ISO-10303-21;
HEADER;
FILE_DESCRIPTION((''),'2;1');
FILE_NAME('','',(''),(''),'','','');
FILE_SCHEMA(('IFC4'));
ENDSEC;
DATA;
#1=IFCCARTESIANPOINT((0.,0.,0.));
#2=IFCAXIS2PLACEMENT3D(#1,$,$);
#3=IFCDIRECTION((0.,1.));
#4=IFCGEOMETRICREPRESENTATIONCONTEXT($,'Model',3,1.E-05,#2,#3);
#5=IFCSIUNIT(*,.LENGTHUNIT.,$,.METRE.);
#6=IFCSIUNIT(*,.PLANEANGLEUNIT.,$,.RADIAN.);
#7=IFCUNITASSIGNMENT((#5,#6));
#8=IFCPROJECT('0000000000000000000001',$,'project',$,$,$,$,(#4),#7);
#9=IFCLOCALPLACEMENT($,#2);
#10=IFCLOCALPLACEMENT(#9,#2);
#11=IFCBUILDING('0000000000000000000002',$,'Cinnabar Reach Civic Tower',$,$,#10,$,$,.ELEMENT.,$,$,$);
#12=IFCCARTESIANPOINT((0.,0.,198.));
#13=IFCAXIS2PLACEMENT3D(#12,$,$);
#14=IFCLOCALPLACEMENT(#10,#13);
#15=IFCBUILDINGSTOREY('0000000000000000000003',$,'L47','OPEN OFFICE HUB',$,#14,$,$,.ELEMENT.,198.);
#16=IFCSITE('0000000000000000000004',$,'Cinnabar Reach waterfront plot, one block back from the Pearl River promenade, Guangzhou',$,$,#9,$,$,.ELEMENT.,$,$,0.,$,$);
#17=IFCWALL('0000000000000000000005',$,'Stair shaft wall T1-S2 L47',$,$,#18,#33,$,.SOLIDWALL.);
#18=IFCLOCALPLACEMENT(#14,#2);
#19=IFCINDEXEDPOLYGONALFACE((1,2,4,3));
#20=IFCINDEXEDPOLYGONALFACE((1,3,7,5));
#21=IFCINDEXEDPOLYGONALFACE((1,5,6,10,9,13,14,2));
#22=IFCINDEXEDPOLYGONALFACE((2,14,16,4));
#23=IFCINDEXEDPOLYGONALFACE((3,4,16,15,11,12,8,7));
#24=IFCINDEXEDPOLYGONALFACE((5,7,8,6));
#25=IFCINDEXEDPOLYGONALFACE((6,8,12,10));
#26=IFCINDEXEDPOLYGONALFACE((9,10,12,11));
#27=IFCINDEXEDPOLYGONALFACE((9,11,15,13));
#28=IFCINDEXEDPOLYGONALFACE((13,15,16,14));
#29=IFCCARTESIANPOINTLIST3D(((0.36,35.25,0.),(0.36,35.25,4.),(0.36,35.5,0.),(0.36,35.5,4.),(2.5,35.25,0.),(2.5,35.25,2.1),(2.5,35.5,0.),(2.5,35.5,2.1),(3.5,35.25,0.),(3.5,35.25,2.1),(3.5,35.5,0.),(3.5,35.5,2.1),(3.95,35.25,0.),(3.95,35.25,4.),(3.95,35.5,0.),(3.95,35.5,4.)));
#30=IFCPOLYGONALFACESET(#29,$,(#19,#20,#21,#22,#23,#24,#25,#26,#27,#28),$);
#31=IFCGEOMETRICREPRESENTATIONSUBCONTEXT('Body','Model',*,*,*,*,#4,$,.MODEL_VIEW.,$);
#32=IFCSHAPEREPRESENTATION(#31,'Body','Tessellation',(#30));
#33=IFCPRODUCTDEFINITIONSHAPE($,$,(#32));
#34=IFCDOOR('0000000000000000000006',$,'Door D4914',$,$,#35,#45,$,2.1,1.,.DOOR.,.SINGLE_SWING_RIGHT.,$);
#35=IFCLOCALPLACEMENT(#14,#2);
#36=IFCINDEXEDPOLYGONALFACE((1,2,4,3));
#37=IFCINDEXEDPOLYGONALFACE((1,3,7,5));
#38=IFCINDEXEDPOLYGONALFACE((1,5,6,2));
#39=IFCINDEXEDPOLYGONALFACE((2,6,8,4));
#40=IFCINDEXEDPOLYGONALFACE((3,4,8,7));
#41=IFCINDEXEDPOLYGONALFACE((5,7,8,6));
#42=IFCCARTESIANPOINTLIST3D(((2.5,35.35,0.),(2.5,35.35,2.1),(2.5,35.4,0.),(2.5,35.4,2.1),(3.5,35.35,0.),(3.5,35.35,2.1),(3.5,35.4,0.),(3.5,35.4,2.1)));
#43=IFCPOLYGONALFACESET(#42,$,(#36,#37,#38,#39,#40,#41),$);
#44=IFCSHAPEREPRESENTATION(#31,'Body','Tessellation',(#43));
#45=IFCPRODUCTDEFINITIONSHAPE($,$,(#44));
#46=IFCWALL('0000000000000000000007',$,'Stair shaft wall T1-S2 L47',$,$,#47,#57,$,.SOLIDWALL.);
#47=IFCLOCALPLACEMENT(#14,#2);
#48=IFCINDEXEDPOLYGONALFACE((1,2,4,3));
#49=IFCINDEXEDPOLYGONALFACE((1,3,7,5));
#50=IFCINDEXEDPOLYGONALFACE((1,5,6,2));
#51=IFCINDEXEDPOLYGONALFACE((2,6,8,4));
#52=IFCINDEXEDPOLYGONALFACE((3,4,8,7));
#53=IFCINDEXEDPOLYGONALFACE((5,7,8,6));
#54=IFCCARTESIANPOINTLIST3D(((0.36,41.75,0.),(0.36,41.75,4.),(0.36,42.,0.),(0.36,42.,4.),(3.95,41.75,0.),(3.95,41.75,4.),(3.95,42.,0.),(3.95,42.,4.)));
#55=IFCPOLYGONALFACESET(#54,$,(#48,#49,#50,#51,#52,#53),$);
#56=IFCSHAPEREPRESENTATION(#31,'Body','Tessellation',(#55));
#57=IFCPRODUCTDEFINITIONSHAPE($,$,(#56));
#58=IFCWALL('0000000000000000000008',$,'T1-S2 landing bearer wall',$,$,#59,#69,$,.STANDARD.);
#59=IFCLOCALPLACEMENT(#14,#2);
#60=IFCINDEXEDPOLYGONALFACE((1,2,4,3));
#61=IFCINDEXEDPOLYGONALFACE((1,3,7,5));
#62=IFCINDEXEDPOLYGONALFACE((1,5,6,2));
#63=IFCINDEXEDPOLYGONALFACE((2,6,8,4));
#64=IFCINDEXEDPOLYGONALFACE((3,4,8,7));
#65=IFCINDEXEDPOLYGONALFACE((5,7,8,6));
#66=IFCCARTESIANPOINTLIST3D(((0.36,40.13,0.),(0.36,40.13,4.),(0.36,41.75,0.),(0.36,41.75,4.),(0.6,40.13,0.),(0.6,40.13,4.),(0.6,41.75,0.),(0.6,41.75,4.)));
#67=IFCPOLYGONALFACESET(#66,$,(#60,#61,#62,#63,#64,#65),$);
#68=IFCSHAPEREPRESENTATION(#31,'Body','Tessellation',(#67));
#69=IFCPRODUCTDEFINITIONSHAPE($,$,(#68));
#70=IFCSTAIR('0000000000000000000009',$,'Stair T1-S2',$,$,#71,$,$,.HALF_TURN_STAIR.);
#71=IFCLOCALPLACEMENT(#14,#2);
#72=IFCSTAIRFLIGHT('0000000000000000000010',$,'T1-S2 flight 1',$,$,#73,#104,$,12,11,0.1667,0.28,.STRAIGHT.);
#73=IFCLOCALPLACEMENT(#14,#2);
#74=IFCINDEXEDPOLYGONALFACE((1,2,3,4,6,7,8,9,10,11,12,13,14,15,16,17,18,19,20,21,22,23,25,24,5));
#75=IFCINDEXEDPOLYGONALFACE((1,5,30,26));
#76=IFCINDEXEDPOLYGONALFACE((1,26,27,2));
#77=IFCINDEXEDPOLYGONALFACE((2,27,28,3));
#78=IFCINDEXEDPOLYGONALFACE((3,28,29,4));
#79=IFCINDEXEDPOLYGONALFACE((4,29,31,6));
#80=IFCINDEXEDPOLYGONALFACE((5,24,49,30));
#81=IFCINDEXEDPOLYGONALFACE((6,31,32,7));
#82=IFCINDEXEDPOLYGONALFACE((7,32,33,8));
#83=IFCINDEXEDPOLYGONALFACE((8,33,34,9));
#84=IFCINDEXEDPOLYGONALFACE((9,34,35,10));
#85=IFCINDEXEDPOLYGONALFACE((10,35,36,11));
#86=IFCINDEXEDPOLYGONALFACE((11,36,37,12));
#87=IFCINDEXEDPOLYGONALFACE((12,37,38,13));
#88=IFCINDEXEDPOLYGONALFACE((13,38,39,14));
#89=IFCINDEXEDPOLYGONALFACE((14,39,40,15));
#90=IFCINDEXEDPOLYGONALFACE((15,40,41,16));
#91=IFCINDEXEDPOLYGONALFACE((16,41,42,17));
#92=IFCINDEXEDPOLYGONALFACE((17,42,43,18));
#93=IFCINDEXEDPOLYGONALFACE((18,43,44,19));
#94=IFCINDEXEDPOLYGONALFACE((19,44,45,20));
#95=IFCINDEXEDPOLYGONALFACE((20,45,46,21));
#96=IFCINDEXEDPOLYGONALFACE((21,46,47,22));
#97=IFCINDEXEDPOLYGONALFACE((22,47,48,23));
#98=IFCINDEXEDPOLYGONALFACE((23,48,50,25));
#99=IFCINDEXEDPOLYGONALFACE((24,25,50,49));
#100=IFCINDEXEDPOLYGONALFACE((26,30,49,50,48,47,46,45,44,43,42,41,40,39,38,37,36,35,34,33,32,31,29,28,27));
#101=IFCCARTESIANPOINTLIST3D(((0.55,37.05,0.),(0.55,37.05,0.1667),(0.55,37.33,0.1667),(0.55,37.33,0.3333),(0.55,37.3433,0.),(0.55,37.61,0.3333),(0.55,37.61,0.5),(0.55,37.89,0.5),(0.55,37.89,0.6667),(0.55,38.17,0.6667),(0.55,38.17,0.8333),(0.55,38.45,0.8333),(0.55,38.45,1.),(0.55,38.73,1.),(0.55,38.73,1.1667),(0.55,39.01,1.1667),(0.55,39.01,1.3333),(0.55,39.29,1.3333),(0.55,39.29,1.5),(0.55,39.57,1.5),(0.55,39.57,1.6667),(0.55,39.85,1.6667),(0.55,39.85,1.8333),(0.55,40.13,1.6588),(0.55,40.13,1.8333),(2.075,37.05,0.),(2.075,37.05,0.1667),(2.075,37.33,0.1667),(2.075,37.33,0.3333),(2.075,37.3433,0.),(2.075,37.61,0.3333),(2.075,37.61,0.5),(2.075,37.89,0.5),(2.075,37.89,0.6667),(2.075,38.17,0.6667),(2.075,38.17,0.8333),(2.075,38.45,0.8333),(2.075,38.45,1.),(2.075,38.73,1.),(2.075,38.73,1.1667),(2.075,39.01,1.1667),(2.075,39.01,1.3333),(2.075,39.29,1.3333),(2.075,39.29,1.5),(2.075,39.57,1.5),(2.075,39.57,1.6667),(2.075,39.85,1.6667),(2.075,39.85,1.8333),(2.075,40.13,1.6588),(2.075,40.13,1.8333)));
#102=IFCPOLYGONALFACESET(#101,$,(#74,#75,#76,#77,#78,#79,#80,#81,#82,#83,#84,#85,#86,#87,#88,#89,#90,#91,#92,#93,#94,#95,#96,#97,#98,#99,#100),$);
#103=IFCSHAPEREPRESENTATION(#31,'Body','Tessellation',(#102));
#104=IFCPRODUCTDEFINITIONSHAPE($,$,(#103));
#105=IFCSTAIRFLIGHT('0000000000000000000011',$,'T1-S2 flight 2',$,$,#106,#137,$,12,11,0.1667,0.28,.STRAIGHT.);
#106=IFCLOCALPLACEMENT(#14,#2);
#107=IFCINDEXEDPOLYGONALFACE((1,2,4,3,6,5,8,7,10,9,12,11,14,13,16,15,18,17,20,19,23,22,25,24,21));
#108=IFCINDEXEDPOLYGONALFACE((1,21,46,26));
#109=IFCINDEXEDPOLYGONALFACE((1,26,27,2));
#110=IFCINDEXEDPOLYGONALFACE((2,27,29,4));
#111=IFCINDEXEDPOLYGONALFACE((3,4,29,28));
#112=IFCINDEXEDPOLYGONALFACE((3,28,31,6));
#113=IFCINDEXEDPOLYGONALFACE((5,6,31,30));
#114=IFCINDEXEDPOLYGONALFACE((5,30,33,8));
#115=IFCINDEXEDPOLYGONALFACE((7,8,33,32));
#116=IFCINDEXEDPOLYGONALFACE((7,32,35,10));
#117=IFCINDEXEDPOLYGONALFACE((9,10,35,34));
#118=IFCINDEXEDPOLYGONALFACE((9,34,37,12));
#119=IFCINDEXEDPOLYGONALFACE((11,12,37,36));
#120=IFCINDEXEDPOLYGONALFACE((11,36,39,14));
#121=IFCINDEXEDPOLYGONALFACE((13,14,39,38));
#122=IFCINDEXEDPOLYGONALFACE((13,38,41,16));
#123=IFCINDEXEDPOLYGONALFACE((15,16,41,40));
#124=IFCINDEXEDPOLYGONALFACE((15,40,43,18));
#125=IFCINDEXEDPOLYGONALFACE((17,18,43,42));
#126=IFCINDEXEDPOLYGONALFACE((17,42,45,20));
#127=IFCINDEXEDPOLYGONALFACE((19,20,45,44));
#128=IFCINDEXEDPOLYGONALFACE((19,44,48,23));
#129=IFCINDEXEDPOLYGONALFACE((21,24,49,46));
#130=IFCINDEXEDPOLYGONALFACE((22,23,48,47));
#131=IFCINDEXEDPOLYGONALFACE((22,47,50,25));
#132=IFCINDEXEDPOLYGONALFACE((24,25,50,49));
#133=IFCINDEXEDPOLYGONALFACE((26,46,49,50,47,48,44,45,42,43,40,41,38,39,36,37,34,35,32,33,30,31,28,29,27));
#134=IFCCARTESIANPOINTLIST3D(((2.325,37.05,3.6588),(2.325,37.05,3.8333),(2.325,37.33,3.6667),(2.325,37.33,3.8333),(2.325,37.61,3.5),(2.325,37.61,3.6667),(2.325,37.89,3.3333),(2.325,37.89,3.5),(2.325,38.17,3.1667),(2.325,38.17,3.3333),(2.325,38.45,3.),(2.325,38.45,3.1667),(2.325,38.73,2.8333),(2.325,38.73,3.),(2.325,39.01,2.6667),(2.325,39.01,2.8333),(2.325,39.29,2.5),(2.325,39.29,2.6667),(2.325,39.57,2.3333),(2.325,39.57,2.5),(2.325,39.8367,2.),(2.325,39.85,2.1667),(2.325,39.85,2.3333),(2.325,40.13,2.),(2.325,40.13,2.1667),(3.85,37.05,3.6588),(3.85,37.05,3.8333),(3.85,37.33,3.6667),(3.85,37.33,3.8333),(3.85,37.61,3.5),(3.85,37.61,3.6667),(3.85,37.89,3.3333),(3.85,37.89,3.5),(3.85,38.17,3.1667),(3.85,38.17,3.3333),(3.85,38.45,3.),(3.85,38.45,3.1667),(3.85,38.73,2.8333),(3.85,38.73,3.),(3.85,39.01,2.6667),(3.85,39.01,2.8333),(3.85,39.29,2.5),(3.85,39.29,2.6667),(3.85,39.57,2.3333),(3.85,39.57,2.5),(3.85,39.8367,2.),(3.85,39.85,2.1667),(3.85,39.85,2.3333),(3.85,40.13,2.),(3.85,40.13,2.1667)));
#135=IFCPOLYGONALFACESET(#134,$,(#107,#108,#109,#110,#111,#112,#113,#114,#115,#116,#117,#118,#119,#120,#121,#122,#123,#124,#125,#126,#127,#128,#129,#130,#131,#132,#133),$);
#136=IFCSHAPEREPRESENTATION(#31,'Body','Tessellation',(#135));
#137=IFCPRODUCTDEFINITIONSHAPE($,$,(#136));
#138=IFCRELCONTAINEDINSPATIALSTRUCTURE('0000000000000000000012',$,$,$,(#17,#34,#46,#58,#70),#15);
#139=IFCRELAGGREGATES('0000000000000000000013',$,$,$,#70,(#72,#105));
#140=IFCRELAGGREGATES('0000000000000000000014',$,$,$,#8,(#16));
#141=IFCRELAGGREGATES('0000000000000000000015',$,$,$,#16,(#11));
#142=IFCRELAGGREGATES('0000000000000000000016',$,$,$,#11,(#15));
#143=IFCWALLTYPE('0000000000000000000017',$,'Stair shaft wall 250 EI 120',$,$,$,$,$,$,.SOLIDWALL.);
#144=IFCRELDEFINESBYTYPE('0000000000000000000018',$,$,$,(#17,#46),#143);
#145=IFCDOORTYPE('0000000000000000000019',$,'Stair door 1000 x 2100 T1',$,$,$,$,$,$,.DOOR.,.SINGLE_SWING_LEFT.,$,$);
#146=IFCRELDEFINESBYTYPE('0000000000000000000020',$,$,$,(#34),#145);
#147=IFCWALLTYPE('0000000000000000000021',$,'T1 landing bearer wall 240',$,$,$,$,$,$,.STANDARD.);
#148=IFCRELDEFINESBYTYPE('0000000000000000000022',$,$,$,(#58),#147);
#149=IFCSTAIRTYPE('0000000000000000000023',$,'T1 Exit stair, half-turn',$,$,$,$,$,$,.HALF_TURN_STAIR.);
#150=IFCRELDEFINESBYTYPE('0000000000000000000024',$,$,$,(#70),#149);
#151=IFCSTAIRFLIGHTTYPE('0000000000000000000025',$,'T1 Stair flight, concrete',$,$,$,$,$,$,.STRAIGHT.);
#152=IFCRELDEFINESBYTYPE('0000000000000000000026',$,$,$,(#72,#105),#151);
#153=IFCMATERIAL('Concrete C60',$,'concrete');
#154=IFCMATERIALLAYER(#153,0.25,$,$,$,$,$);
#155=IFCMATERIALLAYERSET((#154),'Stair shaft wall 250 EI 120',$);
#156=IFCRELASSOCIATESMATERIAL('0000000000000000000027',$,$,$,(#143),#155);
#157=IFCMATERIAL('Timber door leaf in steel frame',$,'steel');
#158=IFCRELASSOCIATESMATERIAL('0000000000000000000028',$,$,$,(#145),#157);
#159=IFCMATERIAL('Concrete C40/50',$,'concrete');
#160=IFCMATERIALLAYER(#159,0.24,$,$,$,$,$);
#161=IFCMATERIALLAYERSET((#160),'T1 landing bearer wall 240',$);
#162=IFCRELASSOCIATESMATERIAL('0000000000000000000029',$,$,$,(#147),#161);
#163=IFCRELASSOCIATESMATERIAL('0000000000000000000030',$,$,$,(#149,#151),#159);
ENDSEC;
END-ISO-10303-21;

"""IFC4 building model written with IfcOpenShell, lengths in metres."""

from ifc_helpers import new_model, si_unit, direction, frame, frame_2d, origin, place, context, subcontext, project, spatial, polyline, rectangle, outline, extrude, material, layer, layer_set, type_object, element, fill, aggregate, save


model = new_model("IFC4")

# Units and contexts
model_context = context("Model", 3, precision=1e-05, world=origin(), true_north=direction((0.0, 1.0)))
body_context = subcontext(model_context, "Body", "Model", "MODEL_VIEW")
ifc_project = project(units=[si_unit("LENGTHUNIT", "METRE"), si_unit("PLANEANGLEUNIT", "RADIAN")], contexts=[model_context])

# Site, building, storey
site_placement = place(None, origin())
site = spatial("IfcSite", under=ifc_project, at=site_placement, Name="Cinnabar Reach waterfront plot, one block back from the Pearl River promenade, Guangzhou", CompositionType="ELEMENT", RefElevation=0.0)
building_placement = place(site_placement, origin())
building = spatial("IfcBuilding", under=site, at=building_placement, Name="Cinnabar Reach Civic Tower", CompositionType="ELEMENT")
storey_placement = place(building_placement, frame((0.0, 0.0, 198.0)))
storey = spatial("IfcBuildingStorey", under=building, at=storey_placement, Name="L47", Description="OPEN OFFICE HUB", CompositionType="ELEMENT", Elevation=198.0)

# Shared definitions
ifc_material_1 = material(Name="Timber door leaf in steel frame", Category="steel")

# Wall, opening, door
ifc_material_2 = material(Name="Concrete C60", Category="concrete")
ifc_layer_1 = layer(ifc_material_2, 0.25)
ifc_layer_set_1 = layer_set([ifc_layer_1], Name="Stair shaft wall 250 EI 120")
wall_type_1 = type_object("IfcWallType", Name="Stair shaft wall 250 EI 120", PredefinedType="SOLIDWALL", material=ifc_layer_set_1)
wall_1_placement = place(storey_placement, frame((0.36, 35.375, 0.0), z_axis=(0.0, 0.0, 1.0), x_axis=(1.0, 0.0, 0.0)))
wall_1 = element("IfcWall", 1, at=wall_1_placement, inside=storey, type_object=wall_type_1, Name="Stair shaft wall T1-S2 L47", PredefinedType="SOLIDWALL", context=body_context, shape_type="SweptSolid", body=[
    extrude(rectangle(XDim=3.59, YDim=0.25, at=frame_2d((1.795, 0.0))), origin(), (0.0, 0.0, 1.0), 4.0),
])
opening_1_placement = place(wall_1_placement, frame((2.14, 0.0, 0.0)))
opening_1 = element("IfcOpeningElement", 2, at=opening_1_placement, cuts=wall_1, PredefinedType="OPENING", context=body_context, shape_type="SweptSolid", body=[
    extrude(rectangle(XDim=1.0, YDim=2.1, at=frame_2d((0.5, 1.05))), frame((0.0, 0.135, 0.0), z_axis=(0.0, -1.0, 0.0), x_axis=(1.0, 0.0, 0.0)), (0.0, 0.0, 1.0), 0.27),
])
door_type_1 = type_object("IfcDoorType", Name="Stair door 1000 x 2100 T1", OperationType="SINGLE_SWING_LEFT", PredefinedType="DOOR", material=ifc_material_1)
door_1_placement = place(opening_1_placement, origin())
door_1 = element("IfcDoor", 3, at=door_1_placement, inside=storey, type_object=door_type_1, Name="Door D4914", OperationType="SINGLE_SWING_RIGHT", OverallHeight=2.1, OverallWidth=1.0, PredefinedType="DOOR", context=body_context, shape_type="SweptSolid", body=[
    extrude(rectangle(XDim=1.0, YDim=2.1, at=frame_2d((0.5, 1.05))), frame((0.0, 0.025, 0.0), z_axis=(0.0, -1.0, 0.0), x_axis=(1.0, 0.0, 0.0)), (0.0, 0.0, 1.0), 0.05),
])
fill(opening_1, door_1)

# Walls
wall_2_placement = place(storey_placement, frame((3.95, 41.875, 0.0), z_axis=(0.0, 0.0, 1.0), x_axis=(-1.0, 0.0, 0.0)))
element("IfcWall", 4, at=wall_2_placement, inside=storey, type_object=wall_type_1, Name="Stair shaft wall T1-S2 L47", PredefinedType="SOLIDWALL", context=body_context, shape_type="SweptSolid", body=[
    extrude(rectangle(XDim=3.59, YDim=0.25, at=frame_2d((1.795, 0.0))), origin(), (0.0, 0.0, 1.0), 4.0),
])
ifc_material_3 = material(Name="Concrete C40/50", Category="concrete")
ifc_layer_2 = layer(ifc_material_3, 0.24)
ifc_layer_set_2 = layer_set([ifc_layer_2], Name="T1 landing bearer wall 240")
wall_type_2 = type_object("IfcWallType", Name="T1 landing bearer wall 240", PredefinedType="STANDARD", material=ifc_layer_set_2)
wall_3_placement = place(storey_placement, frame((0.48, 40.13, 0.0), z_axis=(0.0, 0.0, 1.0), x_axis=(0.0, 1.0, 0.0)))
element("IfcWall", 5, at=wall_3_placement, inside=storey, type_object=wall_type_2, Name="T1-S2 landing bearer wall", PredefinedType="STANDARD", context=body_context, shape_type="SweptSolid", body=[
    extrude(rectangle(XDim=1.62, YDim=0.24, at=frame_2d((0.81, 0.0))), origin(), (0.0, 0.0, 1.0), 4.0),
])

# Stair, stair flights
stair_type = type_object("IfcStairType", Name="T1 Exit stair, half-turn", PredefinedType="HALF_TURN_STAIR", material=ifc_material_3)
stair_placement = place(storey_placement, origin())
stair = element("IfcStair", 6, at=stair_placement, inside=storey, type_object=stair_type, Name="Stair T1-S2", PredefinedType="HALF_TURN_STAIR")
stair_flight_type = type_object("IfcStairFlightType", Name="T1 Stair flight, concrete", PredefinedType="STRAIGHT", material=ifc_material_3)
stair_flight_1_placement = place(storey_placement, frame((1.3125, 37.05, 0.0), z_axis=(0.0, 0.0, 1.0), x_axis=(0.0, 1.0, 0.0)))
stair_flight_1 = element("IfcStairFlight", 7, at=stair_flight_1_placement, type_object=stair_flight_type, Name="T1-S2 flight 1", NumberOfRisers=12, NumberOfTreads=11, PredefinedType="STRAIGHT", RiserHeight=0.1667, TreadLength=0.28, context=body_context, shape_type="SweptSolid", body=[
    extrude(outline(polyline([(0.0, 0.0), (0.0, 0.1667), (0.28, 0.1667), (0.28, 0.3333), (0.56, 0.3333), (0.56, 0.5), (0.84, 0.5), (0.84, 0.6667), (1.12, 0.6667), (1.12, 0.8333), (1.4, 0.8333), (1.4, 1.0), (1.68, 1.0), (1.68, 1.1667), (1.96, 1.1667), (1.96, 1.3333), (2.24, 1.3333), (2.24, 1.5), (2.52, 1.5), (2.52, 1.6667), (2.8, 1.6667), (2.8, 1.8333), (3.08, 1.8333), (3.08, 2.0), (3.08, 1.6588), (0.2933, 0.0), (0.0, 0.0)])), frame((0.0, 0.7625, 0.0), z_axis=(0.0, -1.0, 0.0), x_axis=(1.0, 0.0, 0.0)), (0.0, 0.0, 1.0), 1.525),
])
stair_flight_2_placement = place(storey_placement, frame((3.0875, 40.13, 2.0), z_axis=(0.0, 0.0, 1.0), x_axis=(0.0, -1.0, 0.0)))
stair_flight_2 = element("IfcStairFlight", 8, at=stair_flight_2_placement, type_object=stair_flight_type, Name="T1-S2 flight 2", NumberOfRisers=12, NumberOfTreads=11, PredefinedType="STRAIGHT", RiserHeight=0.1667, TreadLength=0.28, context=body_context, shape_type="SweptSolid", body=[
    extrude(outline(polyline([(0.0, 0.0), (0.0, 0.1667), (0.28, 0.1667), (0.28, 0.3333), (0.56, 0.3333), (0.56, 0.5), (0.84, 0.5), (0.84, 0.6667), (1.12, 0.6667), (1.12, 0.8333), (1.4, 0.8333), (1.4, 1.0), (1.68, 1.0), (1.68, 1.1667), (1.96, 1.1667), (1.96, 1.3333), (2.24, 1.3333), (2.24, 1.5), (2.52, 1.5), (2.52, 1.6667), (2.8, 1.6667), (2.8, 1.8333), (3.08, 1.8333), (3.08, 2.0), (3.08, 1.6588), (0.2933, 0.0), (0.0, 0.0)])), frame((0.0, 0.7625, 0.0), z_axis=(0.0, -1.0, 0.0), x_axis=(1.0, 0.0, 0.0)), (0.0, 0.0, 1.0), 1.525),
])
aggregate(stair, [stair_flight_1, stair_flight_2])

save(model, "model.ifc")
